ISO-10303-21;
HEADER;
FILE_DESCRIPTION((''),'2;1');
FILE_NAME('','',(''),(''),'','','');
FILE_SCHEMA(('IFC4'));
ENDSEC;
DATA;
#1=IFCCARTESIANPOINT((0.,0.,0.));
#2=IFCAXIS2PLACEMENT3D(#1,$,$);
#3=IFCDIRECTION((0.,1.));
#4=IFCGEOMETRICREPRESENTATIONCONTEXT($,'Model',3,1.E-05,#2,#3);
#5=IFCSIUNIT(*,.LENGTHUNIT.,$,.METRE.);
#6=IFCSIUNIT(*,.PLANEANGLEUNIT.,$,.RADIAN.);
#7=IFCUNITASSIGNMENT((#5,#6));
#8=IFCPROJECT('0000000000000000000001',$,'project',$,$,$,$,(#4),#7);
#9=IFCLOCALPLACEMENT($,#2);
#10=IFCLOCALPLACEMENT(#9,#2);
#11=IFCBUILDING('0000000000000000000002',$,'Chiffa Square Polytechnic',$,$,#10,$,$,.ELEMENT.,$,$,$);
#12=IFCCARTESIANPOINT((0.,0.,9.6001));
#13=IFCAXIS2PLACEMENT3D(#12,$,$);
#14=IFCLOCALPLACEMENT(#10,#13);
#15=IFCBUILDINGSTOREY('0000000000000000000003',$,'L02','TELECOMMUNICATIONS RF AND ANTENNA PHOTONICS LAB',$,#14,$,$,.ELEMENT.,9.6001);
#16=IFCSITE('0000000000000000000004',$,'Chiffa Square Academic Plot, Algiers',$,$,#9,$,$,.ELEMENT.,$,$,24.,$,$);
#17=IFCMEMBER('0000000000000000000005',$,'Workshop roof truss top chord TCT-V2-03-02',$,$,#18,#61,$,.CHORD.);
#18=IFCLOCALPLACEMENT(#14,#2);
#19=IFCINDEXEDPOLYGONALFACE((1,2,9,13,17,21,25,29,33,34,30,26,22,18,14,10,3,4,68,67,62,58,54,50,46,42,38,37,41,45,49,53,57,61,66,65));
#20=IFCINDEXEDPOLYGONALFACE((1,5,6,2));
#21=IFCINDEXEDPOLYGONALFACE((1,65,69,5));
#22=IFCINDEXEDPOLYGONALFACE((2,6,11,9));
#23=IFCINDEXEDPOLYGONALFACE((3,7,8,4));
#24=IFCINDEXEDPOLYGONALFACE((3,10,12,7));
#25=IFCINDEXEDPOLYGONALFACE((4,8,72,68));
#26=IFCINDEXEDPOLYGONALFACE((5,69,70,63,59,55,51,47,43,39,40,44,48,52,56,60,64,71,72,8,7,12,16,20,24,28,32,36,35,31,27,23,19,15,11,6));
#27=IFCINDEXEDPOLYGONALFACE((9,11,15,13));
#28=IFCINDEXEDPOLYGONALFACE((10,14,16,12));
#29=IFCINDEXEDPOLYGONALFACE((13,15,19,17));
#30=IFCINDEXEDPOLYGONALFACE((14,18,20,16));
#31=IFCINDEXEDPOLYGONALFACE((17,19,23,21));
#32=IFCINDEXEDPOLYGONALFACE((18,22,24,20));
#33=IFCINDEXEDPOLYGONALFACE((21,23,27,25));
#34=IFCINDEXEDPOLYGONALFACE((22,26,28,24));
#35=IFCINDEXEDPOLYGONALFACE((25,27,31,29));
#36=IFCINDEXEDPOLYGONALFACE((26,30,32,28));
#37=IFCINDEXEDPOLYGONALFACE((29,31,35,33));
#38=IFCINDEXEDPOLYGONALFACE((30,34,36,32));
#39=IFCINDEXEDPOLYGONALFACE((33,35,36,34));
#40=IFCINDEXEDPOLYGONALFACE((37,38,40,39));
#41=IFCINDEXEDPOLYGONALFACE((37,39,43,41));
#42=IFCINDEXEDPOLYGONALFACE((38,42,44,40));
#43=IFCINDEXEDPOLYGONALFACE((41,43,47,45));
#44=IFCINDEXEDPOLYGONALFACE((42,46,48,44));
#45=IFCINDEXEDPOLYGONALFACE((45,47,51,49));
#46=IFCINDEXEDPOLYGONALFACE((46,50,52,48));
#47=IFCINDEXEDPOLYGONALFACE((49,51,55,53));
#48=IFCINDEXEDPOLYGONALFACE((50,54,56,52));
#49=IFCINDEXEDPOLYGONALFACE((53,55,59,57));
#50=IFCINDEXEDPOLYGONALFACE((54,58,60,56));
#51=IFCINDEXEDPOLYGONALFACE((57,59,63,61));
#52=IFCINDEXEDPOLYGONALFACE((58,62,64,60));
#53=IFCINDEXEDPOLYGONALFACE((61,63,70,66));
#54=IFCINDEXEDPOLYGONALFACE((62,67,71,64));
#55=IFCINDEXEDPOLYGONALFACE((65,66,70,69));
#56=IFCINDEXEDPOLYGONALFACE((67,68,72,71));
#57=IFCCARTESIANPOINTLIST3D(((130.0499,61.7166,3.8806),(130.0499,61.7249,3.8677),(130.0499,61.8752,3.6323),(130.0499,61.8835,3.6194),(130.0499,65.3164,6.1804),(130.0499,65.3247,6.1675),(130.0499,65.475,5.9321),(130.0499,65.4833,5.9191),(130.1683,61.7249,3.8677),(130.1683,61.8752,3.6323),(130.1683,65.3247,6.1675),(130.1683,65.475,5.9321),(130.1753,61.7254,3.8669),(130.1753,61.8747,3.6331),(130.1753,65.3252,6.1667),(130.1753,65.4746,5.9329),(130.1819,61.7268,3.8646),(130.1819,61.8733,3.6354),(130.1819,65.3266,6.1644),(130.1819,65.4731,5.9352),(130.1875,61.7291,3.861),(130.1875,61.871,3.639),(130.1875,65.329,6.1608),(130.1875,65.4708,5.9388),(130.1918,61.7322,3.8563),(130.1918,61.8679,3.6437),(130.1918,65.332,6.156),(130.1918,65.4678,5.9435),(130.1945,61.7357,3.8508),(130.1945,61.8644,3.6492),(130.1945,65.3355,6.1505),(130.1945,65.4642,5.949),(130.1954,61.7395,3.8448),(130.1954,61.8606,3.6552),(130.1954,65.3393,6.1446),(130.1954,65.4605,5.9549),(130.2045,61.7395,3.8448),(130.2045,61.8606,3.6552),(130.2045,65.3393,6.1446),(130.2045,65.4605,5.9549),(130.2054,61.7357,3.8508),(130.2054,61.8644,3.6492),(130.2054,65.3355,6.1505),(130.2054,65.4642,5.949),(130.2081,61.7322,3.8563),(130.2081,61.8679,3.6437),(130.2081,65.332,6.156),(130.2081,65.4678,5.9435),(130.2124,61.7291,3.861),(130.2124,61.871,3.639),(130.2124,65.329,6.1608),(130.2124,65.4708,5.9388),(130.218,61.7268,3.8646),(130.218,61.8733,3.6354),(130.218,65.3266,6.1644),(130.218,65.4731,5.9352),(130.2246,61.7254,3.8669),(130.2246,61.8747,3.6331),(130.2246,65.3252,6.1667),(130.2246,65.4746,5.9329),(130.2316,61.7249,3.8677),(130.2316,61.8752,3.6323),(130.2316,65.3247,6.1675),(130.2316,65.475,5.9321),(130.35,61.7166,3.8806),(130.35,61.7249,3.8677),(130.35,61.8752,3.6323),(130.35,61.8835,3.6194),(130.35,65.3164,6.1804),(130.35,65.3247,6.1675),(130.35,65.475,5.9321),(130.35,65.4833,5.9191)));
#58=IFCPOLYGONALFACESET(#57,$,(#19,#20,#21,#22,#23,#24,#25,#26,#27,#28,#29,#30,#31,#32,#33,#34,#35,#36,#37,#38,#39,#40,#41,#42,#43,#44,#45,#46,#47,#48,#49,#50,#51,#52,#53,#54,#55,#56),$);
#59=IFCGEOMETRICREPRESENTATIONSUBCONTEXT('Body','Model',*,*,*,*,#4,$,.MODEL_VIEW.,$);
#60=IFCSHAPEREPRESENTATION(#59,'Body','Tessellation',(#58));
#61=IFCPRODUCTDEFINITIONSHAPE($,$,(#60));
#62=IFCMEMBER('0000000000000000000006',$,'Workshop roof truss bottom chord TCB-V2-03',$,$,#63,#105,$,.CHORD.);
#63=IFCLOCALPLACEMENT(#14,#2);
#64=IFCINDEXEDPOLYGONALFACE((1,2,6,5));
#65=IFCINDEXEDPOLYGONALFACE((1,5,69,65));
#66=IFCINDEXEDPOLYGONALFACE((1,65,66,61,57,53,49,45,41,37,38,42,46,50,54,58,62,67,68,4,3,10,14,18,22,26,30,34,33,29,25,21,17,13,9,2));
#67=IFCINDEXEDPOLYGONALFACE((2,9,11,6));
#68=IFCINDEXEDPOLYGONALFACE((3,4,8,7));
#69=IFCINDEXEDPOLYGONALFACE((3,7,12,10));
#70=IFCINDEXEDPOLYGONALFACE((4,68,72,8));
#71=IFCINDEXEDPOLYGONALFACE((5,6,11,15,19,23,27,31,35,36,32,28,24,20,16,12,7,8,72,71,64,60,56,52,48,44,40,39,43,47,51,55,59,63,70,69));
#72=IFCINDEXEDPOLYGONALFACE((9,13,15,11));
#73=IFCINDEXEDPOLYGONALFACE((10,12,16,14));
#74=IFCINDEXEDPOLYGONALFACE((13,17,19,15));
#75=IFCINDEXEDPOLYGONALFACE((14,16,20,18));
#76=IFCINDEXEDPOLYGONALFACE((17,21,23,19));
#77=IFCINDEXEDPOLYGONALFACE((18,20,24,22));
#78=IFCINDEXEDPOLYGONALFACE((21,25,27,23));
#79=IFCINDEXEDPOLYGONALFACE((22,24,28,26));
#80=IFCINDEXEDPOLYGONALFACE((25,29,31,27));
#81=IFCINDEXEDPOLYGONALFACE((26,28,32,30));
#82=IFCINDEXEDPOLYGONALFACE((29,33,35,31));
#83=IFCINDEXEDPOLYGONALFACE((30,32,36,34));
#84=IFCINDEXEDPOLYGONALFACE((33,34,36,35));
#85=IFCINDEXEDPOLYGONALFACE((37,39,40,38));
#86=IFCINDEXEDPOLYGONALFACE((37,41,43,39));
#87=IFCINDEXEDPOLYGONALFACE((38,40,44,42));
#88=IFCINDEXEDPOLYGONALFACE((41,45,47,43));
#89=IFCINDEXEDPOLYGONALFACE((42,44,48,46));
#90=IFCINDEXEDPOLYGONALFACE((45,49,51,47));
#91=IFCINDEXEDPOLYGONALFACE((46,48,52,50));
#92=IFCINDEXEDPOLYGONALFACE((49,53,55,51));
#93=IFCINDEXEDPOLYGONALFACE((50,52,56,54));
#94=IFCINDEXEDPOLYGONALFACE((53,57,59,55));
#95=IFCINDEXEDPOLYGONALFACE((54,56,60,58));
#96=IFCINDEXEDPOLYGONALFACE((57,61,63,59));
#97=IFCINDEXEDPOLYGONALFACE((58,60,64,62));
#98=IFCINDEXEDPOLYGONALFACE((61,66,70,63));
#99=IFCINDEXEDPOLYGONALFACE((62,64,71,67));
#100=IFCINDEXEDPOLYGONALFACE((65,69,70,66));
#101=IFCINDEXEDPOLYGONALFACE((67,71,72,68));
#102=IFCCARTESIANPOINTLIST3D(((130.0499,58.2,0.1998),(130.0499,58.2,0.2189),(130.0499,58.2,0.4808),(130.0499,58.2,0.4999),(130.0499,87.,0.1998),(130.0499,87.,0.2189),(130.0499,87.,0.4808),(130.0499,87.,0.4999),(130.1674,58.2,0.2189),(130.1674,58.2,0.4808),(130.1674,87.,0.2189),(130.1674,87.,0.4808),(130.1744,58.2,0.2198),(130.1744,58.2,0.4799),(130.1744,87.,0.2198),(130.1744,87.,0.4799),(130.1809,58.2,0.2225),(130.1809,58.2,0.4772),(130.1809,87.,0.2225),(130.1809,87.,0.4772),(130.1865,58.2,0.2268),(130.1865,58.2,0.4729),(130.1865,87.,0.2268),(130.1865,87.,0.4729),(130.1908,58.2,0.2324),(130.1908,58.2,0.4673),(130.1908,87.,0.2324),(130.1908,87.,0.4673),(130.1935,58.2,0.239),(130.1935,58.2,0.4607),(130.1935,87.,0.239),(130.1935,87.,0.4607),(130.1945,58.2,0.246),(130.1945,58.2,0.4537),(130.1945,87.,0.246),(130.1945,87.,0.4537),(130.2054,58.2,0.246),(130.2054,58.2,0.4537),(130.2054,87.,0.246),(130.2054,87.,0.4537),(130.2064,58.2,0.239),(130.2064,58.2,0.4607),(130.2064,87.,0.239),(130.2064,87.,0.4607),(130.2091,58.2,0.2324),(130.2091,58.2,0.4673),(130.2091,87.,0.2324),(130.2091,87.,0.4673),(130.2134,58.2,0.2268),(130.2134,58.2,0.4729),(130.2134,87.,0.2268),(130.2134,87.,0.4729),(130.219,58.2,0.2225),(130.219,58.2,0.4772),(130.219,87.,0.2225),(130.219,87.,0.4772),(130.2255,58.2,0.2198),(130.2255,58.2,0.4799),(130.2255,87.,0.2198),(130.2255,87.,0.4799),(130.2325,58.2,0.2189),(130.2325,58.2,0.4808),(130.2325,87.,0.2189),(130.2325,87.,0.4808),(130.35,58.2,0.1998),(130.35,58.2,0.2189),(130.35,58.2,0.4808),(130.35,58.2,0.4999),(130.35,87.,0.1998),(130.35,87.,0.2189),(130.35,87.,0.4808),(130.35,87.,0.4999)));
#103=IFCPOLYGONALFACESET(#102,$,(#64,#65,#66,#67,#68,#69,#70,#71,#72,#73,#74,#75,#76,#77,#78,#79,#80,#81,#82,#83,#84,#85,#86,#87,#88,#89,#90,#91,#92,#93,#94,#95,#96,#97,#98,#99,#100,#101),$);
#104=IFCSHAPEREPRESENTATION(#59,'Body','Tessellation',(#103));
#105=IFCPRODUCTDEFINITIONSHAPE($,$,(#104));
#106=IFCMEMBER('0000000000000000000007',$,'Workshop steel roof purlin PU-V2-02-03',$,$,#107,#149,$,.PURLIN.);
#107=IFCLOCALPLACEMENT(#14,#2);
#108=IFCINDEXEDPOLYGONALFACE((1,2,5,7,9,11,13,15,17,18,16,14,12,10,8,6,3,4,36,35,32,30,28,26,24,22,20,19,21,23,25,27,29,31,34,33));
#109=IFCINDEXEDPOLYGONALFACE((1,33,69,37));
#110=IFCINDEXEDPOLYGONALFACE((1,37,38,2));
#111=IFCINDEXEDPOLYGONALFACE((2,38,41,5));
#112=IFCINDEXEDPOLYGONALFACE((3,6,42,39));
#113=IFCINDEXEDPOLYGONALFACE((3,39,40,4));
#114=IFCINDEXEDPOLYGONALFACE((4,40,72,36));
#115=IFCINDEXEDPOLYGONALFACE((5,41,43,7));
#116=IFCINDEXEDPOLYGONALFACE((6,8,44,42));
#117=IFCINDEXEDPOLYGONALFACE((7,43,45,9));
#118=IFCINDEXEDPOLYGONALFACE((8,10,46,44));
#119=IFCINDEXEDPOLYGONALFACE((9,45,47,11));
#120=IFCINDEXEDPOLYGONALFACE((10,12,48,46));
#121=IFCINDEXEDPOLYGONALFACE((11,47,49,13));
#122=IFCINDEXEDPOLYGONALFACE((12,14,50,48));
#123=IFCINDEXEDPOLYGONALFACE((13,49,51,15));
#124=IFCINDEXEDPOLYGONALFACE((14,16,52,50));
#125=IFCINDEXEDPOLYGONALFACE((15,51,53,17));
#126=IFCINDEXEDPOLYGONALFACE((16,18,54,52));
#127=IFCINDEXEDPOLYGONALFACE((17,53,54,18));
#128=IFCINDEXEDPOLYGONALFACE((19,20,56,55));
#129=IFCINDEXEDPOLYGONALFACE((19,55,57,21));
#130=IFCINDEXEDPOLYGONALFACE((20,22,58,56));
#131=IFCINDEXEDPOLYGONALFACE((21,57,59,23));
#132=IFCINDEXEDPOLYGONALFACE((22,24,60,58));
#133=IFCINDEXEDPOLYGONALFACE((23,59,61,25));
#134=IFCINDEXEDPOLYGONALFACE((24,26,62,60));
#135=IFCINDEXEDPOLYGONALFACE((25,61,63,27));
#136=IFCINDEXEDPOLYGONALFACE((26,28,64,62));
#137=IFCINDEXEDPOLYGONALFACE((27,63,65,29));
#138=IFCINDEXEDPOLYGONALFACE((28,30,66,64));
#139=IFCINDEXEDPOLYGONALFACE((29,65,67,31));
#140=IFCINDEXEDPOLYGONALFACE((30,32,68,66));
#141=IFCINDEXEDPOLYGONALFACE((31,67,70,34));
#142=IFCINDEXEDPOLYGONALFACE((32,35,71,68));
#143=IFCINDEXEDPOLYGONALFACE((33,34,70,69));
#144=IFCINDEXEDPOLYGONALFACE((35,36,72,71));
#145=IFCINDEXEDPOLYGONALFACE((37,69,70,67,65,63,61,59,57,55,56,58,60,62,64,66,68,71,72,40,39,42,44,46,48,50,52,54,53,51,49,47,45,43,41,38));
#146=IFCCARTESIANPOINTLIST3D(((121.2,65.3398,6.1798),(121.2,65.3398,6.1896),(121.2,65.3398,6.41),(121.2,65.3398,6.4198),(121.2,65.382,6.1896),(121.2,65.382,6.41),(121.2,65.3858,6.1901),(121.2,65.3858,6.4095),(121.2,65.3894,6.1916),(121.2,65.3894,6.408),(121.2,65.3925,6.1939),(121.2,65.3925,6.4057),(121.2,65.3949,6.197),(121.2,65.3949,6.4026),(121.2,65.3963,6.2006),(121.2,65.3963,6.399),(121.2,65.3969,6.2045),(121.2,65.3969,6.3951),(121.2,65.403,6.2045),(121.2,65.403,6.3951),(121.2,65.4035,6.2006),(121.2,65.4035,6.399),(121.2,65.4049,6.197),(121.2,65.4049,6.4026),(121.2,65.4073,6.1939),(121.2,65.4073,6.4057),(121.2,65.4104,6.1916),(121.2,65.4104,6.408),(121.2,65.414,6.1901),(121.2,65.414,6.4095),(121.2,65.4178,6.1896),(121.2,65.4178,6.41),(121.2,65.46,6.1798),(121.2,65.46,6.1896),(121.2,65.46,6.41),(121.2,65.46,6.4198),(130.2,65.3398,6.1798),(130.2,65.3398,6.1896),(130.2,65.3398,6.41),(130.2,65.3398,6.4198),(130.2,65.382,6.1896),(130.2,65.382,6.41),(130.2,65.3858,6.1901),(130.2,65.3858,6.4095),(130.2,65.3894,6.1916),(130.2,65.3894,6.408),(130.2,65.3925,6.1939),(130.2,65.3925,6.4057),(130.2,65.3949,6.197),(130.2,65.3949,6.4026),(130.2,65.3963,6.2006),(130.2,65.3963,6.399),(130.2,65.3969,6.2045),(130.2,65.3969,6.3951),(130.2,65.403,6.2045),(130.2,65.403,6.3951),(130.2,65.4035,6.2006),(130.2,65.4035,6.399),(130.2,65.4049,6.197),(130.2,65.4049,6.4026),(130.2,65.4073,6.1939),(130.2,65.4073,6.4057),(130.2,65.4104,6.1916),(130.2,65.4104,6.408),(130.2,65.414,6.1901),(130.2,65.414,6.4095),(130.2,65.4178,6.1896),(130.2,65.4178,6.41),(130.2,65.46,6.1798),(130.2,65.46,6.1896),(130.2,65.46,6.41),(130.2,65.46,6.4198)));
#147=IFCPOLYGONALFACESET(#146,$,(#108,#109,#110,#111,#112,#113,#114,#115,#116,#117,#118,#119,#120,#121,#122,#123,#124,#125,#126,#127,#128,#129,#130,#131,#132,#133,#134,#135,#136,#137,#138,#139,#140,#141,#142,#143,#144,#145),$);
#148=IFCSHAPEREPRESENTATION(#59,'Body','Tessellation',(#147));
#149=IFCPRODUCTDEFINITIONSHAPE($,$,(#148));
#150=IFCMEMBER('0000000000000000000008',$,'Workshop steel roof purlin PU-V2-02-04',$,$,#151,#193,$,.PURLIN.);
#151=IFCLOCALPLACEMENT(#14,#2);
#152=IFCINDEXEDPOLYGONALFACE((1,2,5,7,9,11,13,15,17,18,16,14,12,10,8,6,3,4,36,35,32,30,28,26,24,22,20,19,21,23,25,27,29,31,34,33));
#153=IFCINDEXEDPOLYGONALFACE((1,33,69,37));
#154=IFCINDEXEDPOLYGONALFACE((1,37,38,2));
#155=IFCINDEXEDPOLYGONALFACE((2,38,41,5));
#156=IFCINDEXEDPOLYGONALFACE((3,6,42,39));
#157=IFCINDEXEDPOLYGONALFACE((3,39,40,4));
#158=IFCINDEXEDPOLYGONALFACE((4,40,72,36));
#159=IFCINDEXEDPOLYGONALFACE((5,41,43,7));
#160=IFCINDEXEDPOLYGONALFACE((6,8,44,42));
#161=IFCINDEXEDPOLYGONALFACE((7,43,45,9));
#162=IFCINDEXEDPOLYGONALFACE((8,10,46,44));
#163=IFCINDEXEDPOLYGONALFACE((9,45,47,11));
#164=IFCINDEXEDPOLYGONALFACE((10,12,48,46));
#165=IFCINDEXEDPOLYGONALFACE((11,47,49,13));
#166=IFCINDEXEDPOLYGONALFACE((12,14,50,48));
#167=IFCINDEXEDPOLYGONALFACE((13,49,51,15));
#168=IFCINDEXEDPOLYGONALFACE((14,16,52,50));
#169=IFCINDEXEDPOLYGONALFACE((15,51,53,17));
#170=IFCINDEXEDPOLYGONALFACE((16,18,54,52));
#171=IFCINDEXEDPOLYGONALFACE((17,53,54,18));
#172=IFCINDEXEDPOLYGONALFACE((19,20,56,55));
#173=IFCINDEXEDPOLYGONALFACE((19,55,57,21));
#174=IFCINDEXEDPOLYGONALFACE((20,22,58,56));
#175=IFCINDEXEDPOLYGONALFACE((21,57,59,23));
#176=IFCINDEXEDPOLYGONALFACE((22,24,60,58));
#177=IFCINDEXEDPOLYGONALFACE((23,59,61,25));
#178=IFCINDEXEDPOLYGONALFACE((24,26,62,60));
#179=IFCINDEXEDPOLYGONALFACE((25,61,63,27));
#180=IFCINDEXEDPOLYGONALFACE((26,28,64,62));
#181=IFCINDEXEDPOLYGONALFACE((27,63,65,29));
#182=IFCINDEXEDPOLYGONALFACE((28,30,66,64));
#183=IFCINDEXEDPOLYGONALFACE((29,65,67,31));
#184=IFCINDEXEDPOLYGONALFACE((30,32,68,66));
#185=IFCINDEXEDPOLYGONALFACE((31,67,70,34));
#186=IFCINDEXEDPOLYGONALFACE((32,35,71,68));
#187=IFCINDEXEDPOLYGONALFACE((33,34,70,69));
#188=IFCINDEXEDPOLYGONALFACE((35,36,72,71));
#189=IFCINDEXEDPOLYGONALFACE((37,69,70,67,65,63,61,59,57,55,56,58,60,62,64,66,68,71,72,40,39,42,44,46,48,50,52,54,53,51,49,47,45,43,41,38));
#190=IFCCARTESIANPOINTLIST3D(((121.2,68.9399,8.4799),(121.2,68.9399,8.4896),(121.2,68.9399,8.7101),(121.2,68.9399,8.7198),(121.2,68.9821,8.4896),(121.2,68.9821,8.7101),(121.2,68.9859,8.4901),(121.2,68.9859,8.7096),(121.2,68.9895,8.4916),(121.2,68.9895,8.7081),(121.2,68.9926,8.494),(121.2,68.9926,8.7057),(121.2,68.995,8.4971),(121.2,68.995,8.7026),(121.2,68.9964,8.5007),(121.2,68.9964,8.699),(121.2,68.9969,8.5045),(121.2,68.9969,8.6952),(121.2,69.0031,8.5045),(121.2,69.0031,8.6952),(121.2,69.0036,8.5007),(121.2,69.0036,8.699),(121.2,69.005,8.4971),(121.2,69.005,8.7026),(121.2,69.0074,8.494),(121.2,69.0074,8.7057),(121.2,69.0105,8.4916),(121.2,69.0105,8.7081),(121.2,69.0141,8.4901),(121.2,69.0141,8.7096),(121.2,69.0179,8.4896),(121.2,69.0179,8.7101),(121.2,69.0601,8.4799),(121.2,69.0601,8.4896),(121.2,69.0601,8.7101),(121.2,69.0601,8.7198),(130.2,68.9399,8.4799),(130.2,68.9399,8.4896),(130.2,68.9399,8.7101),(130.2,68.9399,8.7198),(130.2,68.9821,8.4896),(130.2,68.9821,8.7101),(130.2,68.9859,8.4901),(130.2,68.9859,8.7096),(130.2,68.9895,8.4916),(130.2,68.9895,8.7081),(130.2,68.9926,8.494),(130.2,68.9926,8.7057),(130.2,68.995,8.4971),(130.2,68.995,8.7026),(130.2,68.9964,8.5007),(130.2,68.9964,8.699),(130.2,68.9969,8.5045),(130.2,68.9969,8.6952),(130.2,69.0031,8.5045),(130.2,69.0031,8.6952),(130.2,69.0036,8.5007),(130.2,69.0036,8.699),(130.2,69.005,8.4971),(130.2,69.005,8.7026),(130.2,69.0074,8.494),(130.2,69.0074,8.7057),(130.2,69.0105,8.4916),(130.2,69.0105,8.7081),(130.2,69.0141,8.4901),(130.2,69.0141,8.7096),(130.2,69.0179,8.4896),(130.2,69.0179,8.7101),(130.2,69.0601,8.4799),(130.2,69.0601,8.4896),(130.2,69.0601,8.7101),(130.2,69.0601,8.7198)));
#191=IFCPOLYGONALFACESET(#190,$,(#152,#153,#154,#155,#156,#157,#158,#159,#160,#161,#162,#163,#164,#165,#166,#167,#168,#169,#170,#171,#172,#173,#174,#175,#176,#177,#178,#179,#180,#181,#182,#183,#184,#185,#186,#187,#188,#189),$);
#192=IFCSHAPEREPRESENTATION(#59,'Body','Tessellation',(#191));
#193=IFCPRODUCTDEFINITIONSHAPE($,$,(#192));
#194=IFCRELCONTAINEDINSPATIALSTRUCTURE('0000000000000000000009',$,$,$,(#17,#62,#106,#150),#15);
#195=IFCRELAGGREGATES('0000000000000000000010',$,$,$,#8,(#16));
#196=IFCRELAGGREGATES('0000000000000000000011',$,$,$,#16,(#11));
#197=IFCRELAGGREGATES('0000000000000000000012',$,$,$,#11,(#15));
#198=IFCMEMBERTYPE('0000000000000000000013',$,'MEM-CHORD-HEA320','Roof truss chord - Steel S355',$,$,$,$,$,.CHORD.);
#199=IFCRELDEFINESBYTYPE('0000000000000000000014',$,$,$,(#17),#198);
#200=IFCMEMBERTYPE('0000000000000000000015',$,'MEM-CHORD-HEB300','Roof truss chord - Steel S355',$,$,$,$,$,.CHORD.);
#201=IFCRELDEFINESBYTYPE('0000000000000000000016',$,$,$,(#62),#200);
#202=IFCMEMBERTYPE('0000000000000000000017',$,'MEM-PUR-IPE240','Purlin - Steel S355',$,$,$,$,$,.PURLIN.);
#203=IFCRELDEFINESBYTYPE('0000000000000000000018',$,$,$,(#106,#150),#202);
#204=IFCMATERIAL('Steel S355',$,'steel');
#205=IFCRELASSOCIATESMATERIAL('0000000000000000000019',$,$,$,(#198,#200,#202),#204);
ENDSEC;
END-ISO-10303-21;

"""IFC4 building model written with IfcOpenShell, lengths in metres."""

from ifc_helpers import new_model, si_unit, direction, frame, origin, origin_2d, place, context, subcontext, project, spatial, i_section, extrude, material, material_profile, profile_set, type_object, element, save


model = new_model("IFC4")

# Units and contexts
model_context = context("Model", 3, precision=1e-05, world=origin(), true_north=direction((0.0, 1.0)))
body_context = subcontext(model_context, "Body", "Model", "MODEL_VIEW")
ifc_project = project(units=[si_unit("LENGTHUNIT", "METRE"), si_unit("PLANEANGLEUNIT", "RADIAN")], contexts=[model_context])

# Site, building, storey
site_placement = place(None, origin())
site = spatial("IfcSite", under=ifc_project, at=site_placement, Name="Chiffa Square Academic Plot, Algiers", CompositionType="ELEMENT", RefElevation=24.0)
building_placement = place(site_placement, origin())
building = spatial("IfcBuilding", under=site, at=building_placement, Name="Chiffa Square Polytechnic", CompositionType="ELEMENT")
storey_placement = place(building_placement, frame((0.0, 0.0, 9.6001)))
storey = spatial("IfcBuildingStorey", under=building, at=storey_placement, Name="L02", Description="TELECOMMUNICATIONS RF AND ANTENNA PHOTONICS LAB", CompositionType="ELEMENT", Elevation=9.6001)

# Shared definitions
ifc_material_1 = material(Name="Steel S355", Category="steel")

# Members
ifc_material_profile_1 = material_profile(ifc_material_1, i_section(OverallWidth=0.3, OverallDepth=0.3101, WebThickness=0.009, FlangeThickness=0.0154, FilletRadius=0.0271, at=origin_2d()), Name="HEA 320")
ifc_profile_set_1 = profile_set([ifc_material_profile_1], Name="Steel S355")
member_type_1 = type_object("IfcMemberType", Name="MEM-CHORD-HEA320", Description="Roof truss chord - Steel S355", PredefinedType="CHORD", material=ifc_profile_set_1)
member_1_placement = place(storey_placement, frame((130.2, 61.8, 3.75), z_axis=(0.0, 0.842707, 0.538372), x_axis=(-1.0, 0.0, 0.0)))
element("IfcMember", 1, at=member_1_placement, inside=storey, type_object=member_type_1, Name="Workshop roof truss top chord TCT-V2-03-02", PredefinedType="CHORD", context=body_context, shape_type="SweptSolid", body=[
    extrude(i_section(OverallWidth=0.3, OverallDepth=0.3101, WebThickness=0.009, FlangeThickness=0.0154, FilletRadius=0.0271, at=origin_2d()), origin(), (0.0, 0.0, 1.0), 4.2717),
])
ifc_material_profile_2 = material_profile(ifc_material_1, i_section(OverallWidth=0.3, OverallDepth=0.3, WebThickness=0.011, FlangeThickness=0.019, FilletRadius=0.0271, at=origin_2d()), Name="HEB 300")
ifc_profile_set_2 = profile_set([ifc_material_profile_2], Name="Steel S355")
member_type_2 = type_object("IfcMemberType", Name="MEM-CHORD-HEB300", Description="Roof truss chord - Steel S355", PredefinedType="CHORD", material=ifc_profile_set_2)
member_2_placement = place(storey_placement, frame((130.2, 58.2, 0.3499), z_axis=(0.0, 1.0, 0.0), x_axis=(-1.0, 0.0, 0.0)))
element("IfcMember", 2, at=member_2_placement, inside=storey, type_object=member_type_2, Name="Workshop roof truss bottom chord TCB-V2-03", PredefinedType="CHORD", context=body_context, shape_type="SweptSolid", body=[
    extrude(i_section(OverallWidth=0.3, OverallDepth=0.3, WebThickness=0.011, FlangeThickness=0.019, FilletRadius=0.0271, at=origin_2d()), origin(), (0.0, 0.0, 1.0), 28.8),
])
ifc_material_profile_3 = material_profile(ifc_material_1, i_section(OverallWidth=0.1201, OverallDepth=0.24, WebThickness=0.0061, FlangeThickness=0.0098, FilletRadius=0.0149, at=origin_2d()), Name="IPE 240")
ifc_profile_set_3 = profile_set([ifc_material_profile_3], Name="Steel S355")
member_type_3 = type_object("IfcMemberType", Name="MEM-PUR-IPE240", Description="Purlin - Steel S355", PredefinedType="PURLIN", material=ifc_profile_set_3)
for number, where, z_axis, x_axis, name in (
    (3, (121.2, 65.3999, 6.2998), (1.0, 0.0, 0.0), (0.0, 1.0, 0.0), "Workshop steel roof purlin PU-V2-02-03"),
    (4, (121.2, 69.0, 8.5999), (1.0, 0.0, 0.0), (0.0, 1.0, 0.0), "Workshop steel roof purlin PU-V2-02-04"),
):
    element("IfcMember", number, at=place(storey_placement, frame(where, z_axis=z_axis, x_axis=x_axis)), inside=storey, type_object=member_type_3, Name=name, PredefinedType="PURLIN", context=body_context, shape_type="SweptSolid", body=[
        extrude(i_section(OverallWidth=0.1201, OverallDepth=0.24, WebThickness=0.0061, FlangeThickness=0.0098, FilletRadius=0.0149, at=origin_2d()), origin(), (0.0, 0.0, 1.0), 9.0),
    ])

save(model, "model.ifc")
